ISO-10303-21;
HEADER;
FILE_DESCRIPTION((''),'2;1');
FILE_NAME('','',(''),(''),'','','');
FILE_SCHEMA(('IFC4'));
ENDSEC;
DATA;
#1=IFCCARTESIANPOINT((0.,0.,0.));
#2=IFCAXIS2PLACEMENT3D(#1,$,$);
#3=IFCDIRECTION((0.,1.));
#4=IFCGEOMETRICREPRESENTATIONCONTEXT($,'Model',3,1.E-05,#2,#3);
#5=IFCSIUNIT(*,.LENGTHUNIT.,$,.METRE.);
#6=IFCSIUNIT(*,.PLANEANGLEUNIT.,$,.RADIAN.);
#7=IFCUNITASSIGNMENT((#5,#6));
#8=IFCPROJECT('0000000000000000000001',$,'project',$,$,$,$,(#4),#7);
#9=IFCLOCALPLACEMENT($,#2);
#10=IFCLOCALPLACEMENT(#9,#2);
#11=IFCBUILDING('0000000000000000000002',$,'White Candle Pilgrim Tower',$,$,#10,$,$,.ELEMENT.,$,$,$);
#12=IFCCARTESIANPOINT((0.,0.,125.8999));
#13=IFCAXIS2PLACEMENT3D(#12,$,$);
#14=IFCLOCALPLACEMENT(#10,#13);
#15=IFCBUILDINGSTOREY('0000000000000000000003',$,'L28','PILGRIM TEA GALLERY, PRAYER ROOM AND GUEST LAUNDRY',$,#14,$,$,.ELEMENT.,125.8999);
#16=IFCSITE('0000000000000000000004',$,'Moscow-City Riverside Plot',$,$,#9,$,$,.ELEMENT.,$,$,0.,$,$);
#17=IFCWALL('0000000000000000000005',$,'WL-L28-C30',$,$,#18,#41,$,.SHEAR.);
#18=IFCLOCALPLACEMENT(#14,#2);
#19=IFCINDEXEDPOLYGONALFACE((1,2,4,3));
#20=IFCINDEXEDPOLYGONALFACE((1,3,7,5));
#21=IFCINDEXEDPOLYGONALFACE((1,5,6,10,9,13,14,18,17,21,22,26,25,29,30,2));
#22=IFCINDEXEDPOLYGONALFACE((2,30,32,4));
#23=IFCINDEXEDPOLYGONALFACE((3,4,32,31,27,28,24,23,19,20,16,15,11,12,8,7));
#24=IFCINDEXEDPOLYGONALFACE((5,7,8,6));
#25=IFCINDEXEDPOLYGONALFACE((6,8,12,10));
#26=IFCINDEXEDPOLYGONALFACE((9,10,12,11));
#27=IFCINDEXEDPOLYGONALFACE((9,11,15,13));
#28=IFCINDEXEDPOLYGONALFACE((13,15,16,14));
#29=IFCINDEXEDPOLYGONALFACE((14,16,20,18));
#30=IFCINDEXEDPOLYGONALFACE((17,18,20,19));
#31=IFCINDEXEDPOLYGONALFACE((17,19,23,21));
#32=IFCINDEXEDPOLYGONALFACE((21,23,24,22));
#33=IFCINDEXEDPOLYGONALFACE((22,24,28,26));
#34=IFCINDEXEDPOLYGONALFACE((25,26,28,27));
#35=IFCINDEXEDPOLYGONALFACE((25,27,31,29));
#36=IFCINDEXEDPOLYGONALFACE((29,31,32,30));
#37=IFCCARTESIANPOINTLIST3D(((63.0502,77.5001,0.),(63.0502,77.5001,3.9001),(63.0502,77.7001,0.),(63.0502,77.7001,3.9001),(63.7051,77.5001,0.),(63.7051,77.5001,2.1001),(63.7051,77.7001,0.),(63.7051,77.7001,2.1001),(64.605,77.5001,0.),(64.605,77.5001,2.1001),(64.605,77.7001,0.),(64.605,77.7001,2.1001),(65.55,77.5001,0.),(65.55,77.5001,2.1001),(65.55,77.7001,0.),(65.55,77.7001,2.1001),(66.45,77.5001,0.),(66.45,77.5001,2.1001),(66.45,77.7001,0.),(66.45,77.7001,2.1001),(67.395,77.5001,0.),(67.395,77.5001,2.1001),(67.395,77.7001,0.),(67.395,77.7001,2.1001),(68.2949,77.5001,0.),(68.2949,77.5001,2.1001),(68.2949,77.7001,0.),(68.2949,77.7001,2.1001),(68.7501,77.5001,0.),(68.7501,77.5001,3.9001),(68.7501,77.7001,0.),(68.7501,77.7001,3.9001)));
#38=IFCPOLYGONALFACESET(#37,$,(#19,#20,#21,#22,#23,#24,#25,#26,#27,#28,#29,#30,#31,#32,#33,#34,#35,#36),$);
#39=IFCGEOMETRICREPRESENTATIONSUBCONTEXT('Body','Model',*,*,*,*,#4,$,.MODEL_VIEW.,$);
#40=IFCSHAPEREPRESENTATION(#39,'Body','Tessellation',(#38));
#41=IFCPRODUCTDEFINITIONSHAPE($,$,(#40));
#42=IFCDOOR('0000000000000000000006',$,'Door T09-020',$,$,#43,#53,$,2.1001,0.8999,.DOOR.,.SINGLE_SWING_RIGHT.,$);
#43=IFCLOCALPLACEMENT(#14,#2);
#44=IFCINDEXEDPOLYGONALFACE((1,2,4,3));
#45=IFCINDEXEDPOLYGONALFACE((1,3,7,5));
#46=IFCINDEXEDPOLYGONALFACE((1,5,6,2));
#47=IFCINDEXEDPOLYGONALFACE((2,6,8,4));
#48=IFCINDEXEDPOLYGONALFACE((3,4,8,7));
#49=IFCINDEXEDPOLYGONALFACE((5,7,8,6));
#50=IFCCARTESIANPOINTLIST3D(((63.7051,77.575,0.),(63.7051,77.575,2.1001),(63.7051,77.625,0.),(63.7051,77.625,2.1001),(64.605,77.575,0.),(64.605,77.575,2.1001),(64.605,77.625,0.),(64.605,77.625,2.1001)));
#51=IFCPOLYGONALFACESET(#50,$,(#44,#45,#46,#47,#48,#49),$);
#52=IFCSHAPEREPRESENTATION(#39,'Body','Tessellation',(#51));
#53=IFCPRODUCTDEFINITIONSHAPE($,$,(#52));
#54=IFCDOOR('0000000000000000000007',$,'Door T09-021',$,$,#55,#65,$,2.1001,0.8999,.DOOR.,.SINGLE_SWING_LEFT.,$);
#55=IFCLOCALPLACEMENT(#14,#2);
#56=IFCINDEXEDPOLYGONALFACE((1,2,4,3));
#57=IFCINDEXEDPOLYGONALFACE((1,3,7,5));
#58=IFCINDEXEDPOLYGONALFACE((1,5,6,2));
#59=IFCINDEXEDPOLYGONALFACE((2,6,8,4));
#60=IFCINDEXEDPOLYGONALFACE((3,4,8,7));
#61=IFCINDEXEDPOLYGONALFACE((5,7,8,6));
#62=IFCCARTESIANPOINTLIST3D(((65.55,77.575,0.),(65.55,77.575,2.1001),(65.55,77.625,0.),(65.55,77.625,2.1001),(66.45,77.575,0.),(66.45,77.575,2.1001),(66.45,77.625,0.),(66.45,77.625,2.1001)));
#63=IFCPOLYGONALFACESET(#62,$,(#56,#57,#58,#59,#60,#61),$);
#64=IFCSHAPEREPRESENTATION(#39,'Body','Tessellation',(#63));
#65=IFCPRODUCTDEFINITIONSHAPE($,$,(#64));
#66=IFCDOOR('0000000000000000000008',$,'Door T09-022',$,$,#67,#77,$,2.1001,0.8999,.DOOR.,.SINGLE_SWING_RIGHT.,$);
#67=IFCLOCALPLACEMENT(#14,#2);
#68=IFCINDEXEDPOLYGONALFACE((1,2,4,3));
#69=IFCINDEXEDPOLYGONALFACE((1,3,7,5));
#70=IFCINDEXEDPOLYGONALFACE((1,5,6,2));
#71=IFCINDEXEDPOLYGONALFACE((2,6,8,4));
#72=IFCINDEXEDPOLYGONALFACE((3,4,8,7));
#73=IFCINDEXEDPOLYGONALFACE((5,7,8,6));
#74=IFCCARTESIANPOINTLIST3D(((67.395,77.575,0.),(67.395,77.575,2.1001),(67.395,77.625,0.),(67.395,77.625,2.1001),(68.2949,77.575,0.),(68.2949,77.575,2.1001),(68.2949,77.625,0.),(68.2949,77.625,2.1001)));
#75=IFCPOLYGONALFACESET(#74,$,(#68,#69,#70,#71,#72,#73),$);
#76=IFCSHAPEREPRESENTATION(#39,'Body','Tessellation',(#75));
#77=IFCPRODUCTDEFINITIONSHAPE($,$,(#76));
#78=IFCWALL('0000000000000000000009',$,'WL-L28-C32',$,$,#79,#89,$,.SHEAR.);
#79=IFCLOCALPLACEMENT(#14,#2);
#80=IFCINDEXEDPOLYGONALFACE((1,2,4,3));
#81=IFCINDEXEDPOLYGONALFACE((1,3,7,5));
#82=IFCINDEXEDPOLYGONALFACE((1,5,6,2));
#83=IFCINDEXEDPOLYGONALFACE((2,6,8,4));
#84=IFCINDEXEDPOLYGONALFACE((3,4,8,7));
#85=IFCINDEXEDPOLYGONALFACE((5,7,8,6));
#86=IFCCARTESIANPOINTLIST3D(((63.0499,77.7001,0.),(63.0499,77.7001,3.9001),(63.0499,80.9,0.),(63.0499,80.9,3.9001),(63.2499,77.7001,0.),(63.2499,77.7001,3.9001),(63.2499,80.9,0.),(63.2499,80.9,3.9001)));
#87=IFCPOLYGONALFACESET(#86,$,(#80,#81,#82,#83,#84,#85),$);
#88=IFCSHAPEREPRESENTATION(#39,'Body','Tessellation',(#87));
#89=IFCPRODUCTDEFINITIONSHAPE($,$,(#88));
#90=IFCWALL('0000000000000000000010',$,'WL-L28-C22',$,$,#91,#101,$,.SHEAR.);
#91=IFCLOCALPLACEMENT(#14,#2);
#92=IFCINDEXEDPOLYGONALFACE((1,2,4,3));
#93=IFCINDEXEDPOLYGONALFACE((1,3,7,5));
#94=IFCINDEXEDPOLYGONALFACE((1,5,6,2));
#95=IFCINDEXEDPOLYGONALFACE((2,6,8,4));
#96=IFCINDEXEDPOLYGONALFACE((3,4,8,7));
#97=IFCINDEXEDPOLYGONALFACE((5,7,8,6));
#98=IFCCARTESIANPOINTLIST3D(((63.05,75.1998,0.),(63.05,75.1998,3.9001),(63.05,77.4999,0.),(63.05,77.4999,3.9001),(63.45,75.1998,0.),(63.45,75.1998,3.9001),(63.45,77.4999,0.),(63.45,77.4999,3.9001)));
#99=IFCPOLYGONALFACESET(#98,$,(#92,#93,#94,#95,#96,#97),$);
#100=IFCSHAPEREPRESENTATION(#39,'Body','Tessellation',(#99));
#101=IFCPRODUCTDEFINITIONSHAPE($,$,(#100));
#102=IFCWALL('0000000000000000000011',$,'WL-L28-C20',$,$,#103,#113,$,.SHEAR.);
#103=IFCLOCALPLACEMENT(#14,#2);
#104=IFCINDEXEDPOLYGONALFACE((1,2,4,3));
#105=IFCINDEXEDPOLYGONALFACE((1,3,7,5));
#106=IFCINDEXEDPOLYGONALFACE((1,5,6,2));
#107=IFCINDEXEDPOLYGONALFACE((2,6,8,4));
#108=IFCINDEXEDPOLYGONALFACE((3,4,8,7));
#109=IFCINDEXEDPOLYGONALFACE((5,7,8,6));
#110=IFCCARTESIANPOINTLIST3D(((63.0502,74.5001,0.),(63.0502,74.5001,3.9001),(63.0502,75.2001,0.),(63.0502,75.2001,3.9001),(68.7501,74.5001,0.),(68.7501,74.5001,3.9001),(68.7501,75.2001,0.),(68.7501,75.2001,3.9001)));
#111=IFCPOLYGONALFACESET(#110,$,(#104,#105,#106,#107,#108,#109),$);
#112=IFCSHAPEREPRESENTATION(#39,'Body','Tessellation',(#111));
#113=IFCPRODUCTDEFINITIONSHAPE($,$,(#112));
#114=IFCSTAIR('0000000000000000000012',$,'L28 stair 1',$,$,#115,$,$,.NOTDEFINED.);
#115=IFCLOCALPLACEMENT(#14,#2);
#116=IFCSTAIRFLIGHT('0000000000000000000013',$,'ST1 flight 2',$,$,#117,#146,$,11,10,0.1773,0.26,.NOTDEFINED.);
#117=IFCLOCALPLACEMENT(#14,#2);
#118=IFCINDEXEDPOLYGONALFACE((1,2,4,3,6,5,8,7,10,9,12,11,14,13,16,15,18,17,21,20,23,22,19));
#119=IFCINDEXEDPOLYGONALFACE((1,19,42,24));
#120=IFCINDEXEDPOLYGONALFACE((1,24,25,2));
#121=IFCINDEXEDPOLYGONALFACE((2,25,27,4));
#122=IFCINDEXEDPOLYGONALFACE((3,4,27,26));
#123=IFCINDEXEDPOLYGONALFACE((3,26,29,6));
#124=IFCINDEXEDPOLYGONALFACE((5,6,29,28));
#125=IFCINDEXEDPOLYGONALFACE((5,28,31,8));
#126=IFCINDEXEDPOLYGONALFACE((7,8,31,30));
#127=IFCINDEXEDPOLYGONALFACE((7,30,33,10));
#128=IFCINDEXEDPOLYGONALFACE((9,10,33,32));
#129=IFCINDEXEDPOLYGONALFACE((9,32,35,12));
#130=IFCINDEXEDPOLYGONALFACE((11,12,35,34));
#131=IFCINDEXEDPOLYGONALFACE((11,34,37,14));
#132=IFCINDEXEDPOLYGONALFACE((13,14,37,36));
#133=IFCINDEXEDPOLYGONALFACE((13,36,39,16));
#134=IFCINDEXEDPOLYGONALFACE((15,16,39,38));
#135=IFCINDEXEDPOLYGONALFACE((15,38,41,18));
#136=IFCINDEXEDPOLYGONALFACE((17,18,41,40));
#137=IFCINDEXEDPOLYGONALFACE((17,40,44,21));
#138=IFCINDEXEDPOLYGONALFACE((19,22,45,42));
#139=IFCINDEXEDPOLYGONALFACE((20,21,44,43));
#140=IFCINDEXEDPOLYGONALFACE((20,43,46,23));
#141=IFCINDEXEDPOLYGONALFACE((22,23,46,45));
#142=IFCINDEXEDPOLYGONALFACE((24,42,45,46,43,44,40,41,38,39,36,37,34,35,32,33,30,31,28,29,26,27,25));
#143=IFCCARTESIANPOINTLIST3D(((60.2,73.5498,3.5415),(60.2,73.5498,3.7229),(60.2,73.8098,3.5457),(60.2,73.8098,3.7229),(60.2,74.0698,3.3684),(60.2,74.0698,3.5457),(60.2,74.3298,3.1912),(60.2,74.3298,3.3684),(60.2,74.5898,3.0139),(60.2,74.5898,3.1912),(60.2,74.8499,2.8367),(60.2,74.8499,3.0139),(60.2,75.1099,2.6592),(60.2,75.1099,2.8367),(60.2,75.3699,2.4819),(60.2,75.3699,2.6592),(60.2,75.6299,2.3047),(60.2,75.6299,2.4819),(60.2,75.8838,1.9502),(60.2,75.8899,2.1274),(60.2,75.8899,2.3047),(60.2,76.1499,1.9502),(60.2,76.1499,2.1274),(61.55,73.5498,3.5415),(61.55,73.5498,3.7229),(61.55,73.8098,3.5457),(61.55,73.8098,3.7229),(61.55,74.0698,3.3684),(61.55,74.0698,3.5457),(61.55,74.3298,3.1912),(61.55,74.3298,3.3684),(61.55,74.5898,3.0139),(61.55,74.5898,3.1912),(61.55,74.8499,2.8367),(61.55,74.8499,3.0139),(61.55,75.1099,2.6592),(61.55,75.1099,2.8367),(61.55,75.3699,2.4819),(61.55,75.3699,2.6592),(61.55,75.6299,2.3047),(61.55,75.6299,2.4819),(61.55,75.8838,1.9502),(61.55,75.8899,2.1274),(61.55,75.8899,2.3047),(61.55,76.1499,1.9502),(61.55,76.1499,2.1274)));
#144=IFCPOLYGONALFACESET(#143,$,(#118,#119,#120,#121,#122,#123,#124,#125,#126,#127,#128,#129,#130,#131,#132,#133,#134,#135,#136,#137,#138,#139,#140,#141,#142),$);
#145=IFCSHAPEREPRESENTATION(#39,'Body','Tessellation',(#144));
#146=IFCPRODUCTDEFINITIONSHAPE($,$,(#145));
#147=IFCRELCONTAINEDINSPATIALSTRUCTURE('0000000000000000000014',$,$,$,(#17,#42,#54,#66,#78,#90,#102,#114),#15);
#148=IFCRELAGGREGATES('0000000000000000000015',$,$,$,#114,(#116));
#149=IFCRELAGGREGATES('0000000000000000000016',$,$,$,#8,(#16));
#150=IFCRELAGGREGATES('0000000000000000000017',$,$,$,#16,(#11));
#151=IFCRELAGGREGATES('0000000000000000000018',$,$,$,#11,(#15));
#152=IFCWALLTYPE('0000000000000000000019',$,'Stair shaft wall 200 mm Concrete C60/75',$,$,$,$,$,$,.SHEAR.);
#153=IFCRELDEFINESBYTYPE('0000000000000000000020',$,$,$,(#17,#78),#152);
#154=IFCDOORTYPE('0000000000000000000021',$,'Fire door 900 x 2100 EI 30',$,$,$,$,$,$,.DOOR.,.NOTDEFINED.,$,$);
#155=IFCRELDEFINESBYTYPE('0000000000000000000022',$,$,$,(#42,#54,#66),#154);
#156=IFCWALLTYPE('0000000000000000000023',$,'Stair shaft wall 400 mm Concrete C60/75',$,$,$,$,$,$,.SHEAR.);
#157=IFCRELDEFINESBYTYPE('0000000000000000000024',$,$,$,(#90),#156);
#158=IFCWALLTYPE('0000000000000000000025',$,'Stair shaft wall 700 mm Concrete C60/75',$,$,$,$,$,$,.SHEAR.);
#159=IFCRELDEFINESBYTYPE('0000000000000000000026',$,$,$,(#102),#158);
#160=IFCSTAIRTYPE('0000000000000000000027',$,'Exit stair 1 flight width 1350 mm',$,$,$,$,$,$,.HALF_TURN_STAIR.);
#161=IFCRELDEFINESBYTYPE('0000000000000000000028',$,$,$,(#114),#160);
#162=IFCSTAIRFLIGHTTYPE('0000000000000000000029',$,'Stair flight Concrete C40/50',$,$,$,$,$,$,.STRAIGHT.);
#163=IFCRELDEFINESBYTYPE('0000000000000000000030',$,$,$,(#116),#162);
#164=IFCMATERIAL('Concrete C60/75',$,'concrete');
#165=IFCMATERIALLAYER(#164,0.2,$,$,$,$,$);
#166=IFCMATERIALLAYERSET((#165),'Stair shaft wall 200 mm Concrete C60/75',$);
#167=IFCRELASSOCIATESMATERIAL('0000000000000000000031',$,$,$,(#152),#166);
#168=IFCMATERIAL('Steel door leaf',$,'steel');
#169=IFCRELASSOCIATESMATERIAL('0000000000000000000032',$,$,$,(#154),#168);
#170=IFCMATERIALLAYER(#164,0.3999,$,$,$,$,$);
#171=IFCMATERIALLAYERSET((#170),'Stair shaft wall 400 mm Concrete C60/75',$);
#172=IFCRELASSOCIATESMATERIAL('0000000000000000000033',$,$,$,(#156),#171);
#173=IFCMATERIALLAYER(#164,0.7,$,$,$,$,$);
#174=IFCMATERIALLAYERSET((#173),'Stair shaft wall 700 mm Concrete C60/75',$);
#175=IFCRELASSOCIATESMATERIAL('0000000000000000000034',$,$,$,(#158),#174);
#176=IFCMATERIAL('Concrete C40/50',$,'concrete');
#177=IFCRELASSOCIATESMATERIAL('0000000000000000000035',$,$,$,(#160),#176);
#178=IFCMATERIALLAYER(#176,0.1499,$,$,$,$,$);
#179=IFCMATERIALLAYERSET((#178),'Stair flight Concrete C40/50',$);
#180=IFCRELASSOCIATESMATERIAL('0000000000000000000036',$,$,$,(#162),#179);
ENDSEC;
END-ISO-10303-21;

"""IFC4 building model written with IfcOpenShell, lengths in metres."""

from ifc_helpers import new_model, si_unit, direction, frame, frame_2d, origin, place, context, subcontext, project, spatial, polyline, rectangle, outline, extrude, material, layer, layer_set, type_object, element, fill, aggregate, save


model = new_model("IFC4")

# Units and contexts
model_context = context("Model", 3, precision=1e-05, world=origin(), true_north=direction((0.0, 1.0)))
body_context = subcontext(model_context, "Body", "Model", "MODEL_VIEW")
ifc_project = project(units=[si_unit("LENGTHUNIT", "METRE"), si_unit("PLANEANGLEUNIT", "RADIAN")], contexts=[model_context])

# Site, building, storey
site_placement = place(None, origin())
site = spatial("IfcSite", under=ifc_project, at=site_placement, Name="Moscow-City Riverside Plot", CompositionType="ELEMENT", RefElevation=0.0)
building_placement = place(site_placement, origin())
building = spatial("IfcBuilding", under=site, at=building_placement, Name="White Candle Pilgrim Tower", CompositionType="ELEMENT")
storey_placement = place(building_placement, frame((0.0, 0.0, 125.8999)))
storey = spatial("IfcBuildingStorey", under=building, at=storey_placement, Name="L28", Description="PILGRIM TEA GALLERY, PRAYER ROOM AND GUEST LAUNDRY", CompositionType="ELEMENT", Elevation=125.8999)

# Shared definitions
ifc_material_1 = material(Name="Concrete C60/75", Category="concrete")
ifc_material_2 = material(Name="Steel door leaf", Category="steel")

# Wall, openings, doors
ifc_layer_1 = layer(ifc_material_1, 0.2)
ifc_layer_set_1 = layer_set([ifc_layer_1], Name="Stair shaft wall 200 mm Concrete C60/75")
wall_type_1 = type_object("IfcWallType", Name="Stair shaft wall 200 mm Concrete C60/75", PredefinedType="SHEAR", material=ifc_layer_set_1)
wall_1_placement = place(storey_placement, frame((63.05, 77.6001, 0.0), z_axis=(0.0, 0.0, 1.0), x_axis=(1.0, 0.0, 0.0)))
wall_1 = element("IfcWall", 1, at=wall_1_placement, inside=storey, type_object=wall_type_1, Name="WL-L28-C30", PredefinedType="SHEAR", context=body_context, shape_type="SweptSolid", body=[
    extrude(rectangle(XDim=5.7, YDim=0.2, at=frame_2d((2.8501, 0.0))), origin(), (0.0, 0.0, 1.0), 3.9001),
])
opening_1_placement = place(wall_1_placement, frame((0.655, 0.0, 0.0)))
opening_1 = element("IfcOpeningElement", 2, at=opening_1_placement, cuts=wall_1, PredefinedType="OPENING", context=body_context, shape_type="SweptSolid", body=[
    extrude(rectangle(XDim=0.8999, YDim=2.1001, at=frame_2d((0.45, 1.05))), frame((0.0, 0.1099, 0.0), z_axis=(0.0, -1.0, 0.0), x_axis=(1.0, 0.0, 0.0)), (0.0, 0.0, 1.0), 0.22),
])
opening_2_placement = place(wall_1_placement, frame((2.5, 0.0, 0.0)))
opening_2 = element("IfcOpeningElement", 3, at=opening_2_placement, cuts=wall_1, PredefinedType="OPENING", context=body_context, shape_type="SweptSolid", body=[
    extrude(rectangle(XDim=0.8999, YDim=2.1001, at=frame_2d((0.45, 1.05))), frame((0.0, 0.1099, 0.0), z_axis=(0.0, -1.0, 0.0), x_axis=(1.0, 0.0, 0.0)), (0.0, 0.0, 1.0), 0.22),
])
opening_3_placement = place(wall_1_placement, frame((4.345, 0.0, 0.0)))
opening_3 = element("IfcOpeningElement", 4, at=opening_3_placement, cuts=wall_1, PredefinedType="OPENING", context=body_context, shape_type="SweptSolid", body=[
    extrude(rectangle(XDim=0.8999, YDim=2.1001, at=frame_2d((0.45, 1.05))), frame((0.0, 0.1099, 0.0), z_axis=(0.0, -1.0, 0.0), x_axis=(1.0, 0.0, 0.0)), (0.0, 0.0, 1.0), 0.22),
])
door_type_1 = type_object("IfcDoorType", Name="Fire door 900 x 2100 EI 30", OperationType="NOTDEFINED", PredefinedType="DOOR", material=ifc_material_2)
door_1_placement = place(opening_1_placement, origin())
door_1 = element("IfcDoor", 5, at=door_1_placement, inside=storey, type_object=door_type_1, Name="Door T09-020", OperationType="SINGLE_SWING_RIGHT", OverallHeight=2.1001, OverallWidth=0.8999, PredefinedType="DOOR", context=body_context, shape_type="SweptSolid", body=[
    extrude(rectangle(XDim=0.8999, YDim=2.1001, at=frame_2d((0.45, 1.05))), frame((0.0, 0.0249, 0.0), z_axis=(0.0, -1.0, 0.0), x_axis=(1.0, 0.0, 0.0)), (0.0, 0.0, 1.0), 0.05),
])
fill(opening_1, door_1)
door_2_placement = place(opening_2_placement, origin())
door_2 = element("IfcDoor", 6, at=door_2_placement, inside=storey, type_object=door_type_1, Name="Door T09-021", OperationType="SINGLE_SWING_LEFT", OverallHeight=2.1001, OverallWidth=0.8999, PredefinedType="DOOR", context=body_context, shape_type="SweptSolid", body=[
    extrude(rectangle(XDim=0.8999, YDim=2.1001, at=frame_2d((0.45, 1.05))), frame((0.0, 0.0249, 0.0), z_axis=(0.0, -1.0, 0.0), x_axis=(1.0, 0.0, 0.0)), (0.0, 0.0, 1.0), 0.05),
])
fill(opening_2, door_2)
door_3_placement = place(opening_3_placement, origin())
door_3 = element("IfcDoor", 7, at=door_3_placement, inside=storey, type_object=door_type_1, Name="Door T09-022", OperationType="SINGLE_SWING_RIGHT", OverallHeight=2.1001, OverallWidth=0.8999, PredefinedType="DOOR", context=body_context, shape_type="SweptSolid", body=[
    extrude(rectangle(XDim=0.8999, YDim=2.1001, at=frame_2d((0.45, 1.05))), frame((0.0, 0.0249, 0.0), z_axis=(0.0, -1.0, 0.0), x_axis=(1.0, 0.0, 0.0)), (0.0, 0.0, 1.0), 0.05),
])
fill(opening_3, door_3)

# Walls
wall_2_placement = place(storey_placement, frame((63.1499, 77.7, 0.0), z_axis=(0.0, 0.0, 1.0), x_axis=(0.0, 1.0, 0.0)))
element("IfcWall", 8, at=wall_2_placement, inside=storey, type_object=wall_type_1, Name="WL-L28-C32", PredefinedType="SHEAR", context=body_context, shape_type="SweptSolid", body=[
    extrude(rectangle(XDim=3.2, YDim=0.2, at=frame_2d((1.6001, 0.0))), origin(), (0.0, 0.0, 1.0), 3.9001),
])
ifc_layer_2 = layer(ifc_material_1, 0.3999)
ifc_layer_set_2 = layer_set([ifc_layer_2], Name="Stair shaft wall 400 mm Concrete C60/75")
wall_type_2 = type_object("IfcWallType", Name="Stair shaft wall 400 mm Concrete C60/75", PredefinedType="SHEAR", material=ifc_layer_set_2)
wall_3_placement = place(storey_placement, frame((63.25, 75.2, 0.0), z_axis=(0.0, 0.0, 1.0), x_axis=(0.0, 1.0, 0.0)))
element("IfcWall", 9, at=wall_3_placement, inside=storey, type_object=wall_type_2, Name="WL-L28-C22", PredefinedType="SHEAR", context=body_context, shape_type="SweptSolid", body=[
    extrude(rectangle(XDim=2.3, YDim=0.3999, at=frame_2d((1.1499, 0.0))), origin(), (0.0, 0.0, 1.0), 3.9001),
])
ifc_layer_3 = layer(ifc_material_1, 0.7)
ifc_layer_set_3 = layer_set([ifc_layer_3], Name="Stair shaft wall 700 mm Concrete C60/75")
wall_type_3 = type_object("IfcWallType", Name="Stair shaft wall 700 mm Concrete C60/75", PredefinedType="SHEAR", material=ifc_layer_set_3)
wall_4_placement = place(storey_placement, frame((63.05, 74.8501, 0.0), z_axis=(0.0, 0.0, 1.0), x_axis=(1.0, 0.0, 0.0)))
element("IfcWall", 10, at=wall_4_placement, inside=storey, type_object=wall_type_3, Name="WL-L28-C20", PredefinedType="SHEAR", context=body_context, shape_type="SweptSolid", body=[
    extrude(rectangle(XDim=5.7, YDim=0.7, at=frame_2d((2.8501, 0.0))), origin(), (0.0, 0.0, 1.0), 3.9001),
])

# Stair, stair flight
ifc_material_3 = material(Name="Concrete C40/50", Category="concrete")
stair_type = type_object("IfcStairType", Name="Exit stair 1 flight width 1350 mm", PredefinedType="HALF_TURN_STAIR", material=ifc_material_3)
stair_placement = place(storey_placement, origin())
stair = element("IfcStair", 11, at=stair_placement, inside=storey, type_object=stair_type, Name="L28 stair 1", PredefinedType="NOTDEFINED")
ifc_layer_4 = layer(ifc_material_3, 0.1499)
ifc_layer_set_4 = layer_set([ifc_layer_4], Name="Stair flight Concrete C40/50")
stair_flight_type = type_object("IfcStairFlightType", Name="Stair flight Concrete C40/50", PredefinedType="STRAIGHT", material=ifc_layer_set_4)
stair_flight_placement = place(storey_placement, frame((60.875, 76.1499, 1.9502), z_axis=(0.0, 0.0, 1.0), x_axis=(0.0, -1.0, 0.0)))
stair_flight = element("IfcStairFlight", 12, at=stair_flight_placement, type_object=stair_flight_type, Name="ST1 flight 2", NumberOfRisers=11, NumberOfTreads=10, PredefinedType="NOTDEFINED", RiserHeight=0.1773, TreadLength=0.26, context=body_context, shape_type="SweptSolid", body=[
    extrude(outline(polyline([(0.0, 0.0), (0.0, 0.1772), (0.26, 0.1772), (0.26, 0.3545), (0.52, 0.3545), (0.52, 0.5317), (0.78, 0.5317), (0.78, 0.709), (1.04, 0.709), (1.04, 0.8865), (1.3, 0.8865), (1.3, 1.0637), (1.5601, 1.0637), (1.5601, 1.241), (1.8201, 1.241), (1.8201, 1.4182), (2.0801, 1.4182), (2.0801, 1.5955), (2.3401, 1.5955), (2.3401, 1.7727), (2.6001, 1.7727), (2.6001, 1.95), (2.6001, 1.5913), (0.2661, 0.0), (0.0, 0.0)])), frame((0.0, 0.675, 0.0), z_axis=(0.0, -1.0, 0.0), x_axis=(1.0, 0.0, 0.0)), (0.0, 0.0, 1.0), 1.3501),
])
aggregate(stair, [stair_flight])

save(model, "model.ifc")
